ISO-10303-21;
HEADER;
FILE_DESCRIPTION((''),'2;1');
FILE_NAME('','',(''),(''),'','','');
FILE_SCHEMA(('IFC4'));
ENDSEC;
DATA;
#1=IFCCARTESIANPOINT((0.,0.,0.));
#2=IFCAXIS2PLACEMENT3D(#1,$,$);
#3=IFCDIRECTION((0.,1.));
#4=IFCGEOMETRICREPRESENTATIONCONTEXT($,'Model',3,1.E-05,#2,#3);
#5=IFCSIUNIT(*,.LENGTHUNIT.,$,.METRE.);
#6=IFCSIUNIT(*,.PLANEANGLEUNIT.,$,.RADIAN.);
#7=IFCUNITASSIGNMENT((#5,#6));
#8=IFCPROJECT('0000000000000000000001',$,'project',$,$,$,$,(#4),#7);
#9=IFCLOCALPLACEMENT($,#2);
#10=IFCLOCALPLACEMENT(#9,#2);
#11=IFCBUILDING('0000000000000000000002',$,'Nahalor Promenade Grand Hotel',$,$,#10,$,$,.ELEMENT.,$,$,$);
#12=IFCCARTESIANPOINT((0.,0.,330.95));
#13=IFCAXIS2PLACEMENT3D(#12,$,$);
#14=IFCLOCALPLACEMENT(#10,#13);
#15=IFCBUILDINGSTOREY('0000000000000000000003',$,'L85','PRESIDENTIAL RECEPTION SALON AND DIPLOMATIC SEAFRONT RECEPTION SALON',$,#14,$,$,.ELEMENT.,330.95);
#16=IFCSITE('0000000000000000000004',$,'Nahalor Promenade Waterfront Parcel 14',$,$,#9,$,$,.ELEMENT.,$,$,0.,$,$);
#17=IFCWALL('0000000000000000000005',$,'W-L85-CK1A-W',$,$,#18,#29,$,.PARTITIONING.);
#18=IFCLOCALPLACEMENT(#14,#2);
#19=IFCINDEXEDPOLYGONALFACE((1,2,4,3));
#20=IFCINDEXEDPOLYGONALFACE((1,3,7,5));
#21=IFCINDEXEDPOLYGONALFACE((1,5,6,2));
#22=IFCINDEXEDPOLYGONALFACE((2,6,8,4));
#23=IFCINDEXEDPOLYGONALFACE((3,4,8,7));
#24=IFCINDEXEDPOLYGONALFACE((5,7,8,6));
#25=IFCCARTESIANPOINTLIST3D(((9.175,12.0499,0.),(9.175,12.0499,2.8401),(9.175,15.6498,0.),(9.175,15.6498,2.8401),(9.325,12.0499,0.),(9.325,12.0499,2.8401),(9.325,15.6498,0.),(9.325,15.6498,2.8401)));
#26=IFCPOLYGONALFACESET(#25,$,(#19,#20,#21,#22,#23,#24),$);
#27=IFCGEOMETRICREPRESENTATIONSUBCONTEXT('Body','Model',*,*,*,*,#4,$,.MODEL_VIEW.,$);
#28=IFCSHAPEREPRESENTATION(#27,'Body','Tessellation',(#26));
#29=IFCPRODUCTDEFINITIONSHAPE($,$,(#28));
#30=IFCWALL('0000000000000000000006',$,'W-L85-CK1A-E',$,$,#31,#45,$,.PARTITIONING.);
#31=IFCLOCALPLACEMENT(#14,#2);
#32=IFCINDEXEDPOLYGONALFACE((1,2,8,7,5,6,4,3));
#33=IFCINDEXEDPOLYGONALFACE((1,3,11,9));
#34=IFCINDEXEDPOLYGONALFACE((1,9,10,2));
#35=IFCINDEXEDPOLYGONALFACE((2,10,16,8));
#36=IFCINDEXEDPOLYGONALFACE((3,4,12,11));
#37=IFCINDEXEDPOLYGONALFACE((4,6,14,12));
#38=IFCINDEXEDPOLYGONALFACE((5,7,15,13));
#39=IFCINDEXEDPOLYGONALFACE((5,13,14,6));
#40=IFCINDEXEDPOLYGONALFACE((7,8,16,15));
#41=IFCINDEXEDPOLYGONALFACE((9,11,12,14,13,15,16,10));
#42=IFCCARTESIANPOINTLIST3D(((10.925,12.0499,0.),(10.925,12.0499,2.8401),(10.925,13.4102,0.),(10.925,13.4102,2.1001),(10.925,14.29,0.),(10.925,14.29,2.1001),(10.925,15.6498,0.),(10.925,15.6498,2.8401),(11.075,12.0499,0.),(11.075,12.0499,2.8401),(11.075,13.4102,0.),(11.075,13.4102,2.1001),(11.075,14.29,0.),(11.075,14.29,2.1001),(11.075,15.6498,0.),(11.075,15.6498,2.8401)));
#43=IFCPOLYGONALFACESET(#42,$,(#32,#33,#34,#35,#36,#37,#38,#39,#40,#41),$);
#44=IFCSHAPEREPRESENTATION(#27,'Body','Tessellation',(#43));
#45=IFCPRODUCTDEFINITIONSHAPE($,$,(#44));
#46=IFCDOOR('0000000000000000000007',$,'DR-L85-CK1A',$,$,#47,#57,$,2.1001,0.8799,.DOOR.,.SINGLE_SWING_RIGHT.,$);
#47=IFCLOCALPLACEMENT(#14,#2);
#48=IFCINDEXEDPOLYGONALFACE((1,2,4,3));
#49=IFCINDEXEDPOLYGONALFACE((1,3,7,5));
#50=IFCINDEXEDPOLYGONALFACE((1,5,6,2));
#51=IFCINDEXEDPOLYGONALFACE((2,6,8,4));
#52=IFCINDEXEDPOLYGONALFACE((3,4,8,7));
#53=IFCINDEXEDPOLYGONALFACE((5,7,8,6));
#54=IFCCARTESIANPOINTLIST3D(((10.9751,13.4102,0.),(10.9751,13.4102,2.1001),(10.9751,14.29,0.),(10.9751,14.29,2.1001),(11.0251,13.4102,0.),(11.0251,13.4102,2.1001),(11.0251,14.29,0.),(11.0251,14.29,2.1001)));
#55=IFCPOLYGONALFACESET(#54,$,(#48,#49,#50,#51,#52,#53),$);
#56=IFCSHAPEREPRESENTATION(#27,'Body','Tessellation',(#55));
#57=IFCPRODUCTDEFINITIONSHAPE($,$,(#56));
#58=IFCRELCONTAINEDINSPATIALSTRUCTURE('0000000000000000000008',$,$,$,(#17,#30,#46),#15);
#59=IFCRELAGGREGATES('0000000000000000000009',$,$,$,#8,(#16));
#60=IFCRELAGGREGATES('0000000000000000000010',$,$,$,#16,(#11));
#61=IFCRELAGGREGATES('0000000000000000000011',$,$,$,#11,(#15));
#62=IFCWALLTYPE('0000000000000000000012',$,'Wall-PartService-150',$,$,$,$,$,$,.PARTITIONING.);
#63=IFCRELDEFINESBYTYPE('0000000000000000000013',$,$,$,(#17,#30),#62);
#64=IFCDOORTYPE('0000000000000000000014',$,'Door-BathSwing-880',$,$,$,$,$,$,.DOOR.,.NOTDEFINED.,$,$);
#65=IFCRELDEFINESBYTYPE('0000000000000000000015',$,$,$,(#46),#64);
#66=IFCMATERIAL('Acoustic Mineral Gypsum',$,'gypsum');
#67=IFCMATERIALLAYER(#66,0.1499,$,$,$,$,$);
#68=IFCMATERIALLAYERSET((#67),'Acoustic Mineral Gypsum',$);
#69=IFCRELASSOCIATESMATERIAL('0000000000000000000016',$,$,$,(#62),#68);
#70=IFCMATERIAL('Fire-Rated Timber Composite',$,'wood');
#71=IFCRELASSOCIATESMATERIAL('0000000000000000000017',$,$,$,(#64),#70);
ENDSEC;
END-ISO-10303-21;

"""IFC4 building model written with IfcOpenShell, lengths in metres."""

from ifc_helpers import new_model, si_unit, direction, frame, frame_2d, origin, place, context, subcontext, project, spatial, rectangle, extrude, source, transform, mapped, material, layer, layer_set, type_object, element, fill, save


model = new_model("IFC4")

# Units and contexts
model_context = context("Model", 3, precision=1e-05, world=origin(), true_north=direction((0.0, 1.0)))
body_context = subcontext(model_context, "Body", "Model", "MODEL_VIEW")
ifc_project = project(units=[si_unit("LENGTHUNIT", "METRE"), si_unit("PLANEANGLEUNIT", "RADIAN")], contexts=[model_context])

# Site, building, storey
site_placement = place(None, origin())
site = spatial("IfcSite", under=ifc_project, at=site_placement, Name="Nahalor Promenade Waterfront Parcel 14", CompositionType="ELEMENT", RefElevation=0.0)
building_placement = place(site_placement, origin())
building = spatial("IfcBuilding", under=site, at=building_placement, Name="Nahalor Promenade Grand Hotel", CompositionType="ELEMENT")
storey_placement = place(building_placement, frame((0.0, 0.0, 330.95)))
storey = spatial("IfcBuildingStorey", under=building, at=storey_placement, Name="L85", Description="PRESIDENTIAL RECEPTION SALON AND DIPLOMATIC SEAFRONT RECEPTION SALON", CompositionType="ELEMENT", Elevation=330.95)

# Wall
ifc_material_1 = material(Name="Acoustic Mineral Gypsum", Category="gypsum")
ifc_layer_1 = layer(ifc_material_1, 0.1499)
ifc_layer_set_1 = layer_set([ifc_layer_1], Name="Acoustic Mineral Gypsum")
wall_type_1 = type_object("IfcWallType", Name="Wall-PartService-150", PredefinedType="PARTITIONING", material=ifc_layer_set_1)
shared_shape_1 = source(origin(), body_context, "Body", "SweptSolid", [
    extrude(rectangle(XDim=3.5999, YDim=0.1499, at=frame_2d((1.7998, 0.0))), origin(), (0.0, 0.0, 1.0), 2.8401),
])
wall_1_placement = place(storey_placement, frame((9.25, 12.05, 0.0), z_axis=(0.0, 0.0, 1.0), x_axis=(0.0, 1.0, 0.0)))
element("IfcWall", 1, at=wall_1_placement, inside=storey, type_object=wall_type_1, Name="W-L85-CK1A-W", PredefinedType="PARTITIONING", context=body_context, shape_type="MappedRepresentation", body=[
    mapped(shared_shape_1, transform((0.0, 0.0, 0.0), scale=1.0)),
])

# Wall, opening, door
wall_2_placement = place(storey_placement, frame((11.0, 12.05, 0.0), z_axis=(0.0, 0.0, 1.0), x_axis=(0.0, 1.0, 0.0)))
wall_2 = element("IfcWall", 2, at=wall_2_placement, inside=storey, type_object=wall_type_1, Name="W-L85-CK1A-E", PredefinedType="PARTITIONING", context=body_context, shape_type="MappedRepresentation", body=[
    mapped(shared_shape_1, transform((0.0, 0.0, 0.0), scale=1.0)),
])
opening_1_placement = place(wall_2_placement, frame((1.3601, 0.0, 0.0)))
opening_1 = element("IfcOpeningElement", 3, at=opening_1_placement, cuts=wall_2, PredefinedType="OPENING", context=body_context, shape_type="SweptSolid", body=[
    extrude(rectangle(XDim=0.8799, YDim=2.1001, at=frame_2d((0.4399, 1.05))), frame((0.0, 0.085, 0.0), z_axis=(0.0, -1.0, 0.0), x_axis=(1.0, 0.0, 0.0)), (0.0, 0.0, 1.0), 0.1699),
])
ifc_material_2 = material(Name="Fire-Rated Timber Composite", Category="wood")
door_type_1 = type_object("IfcDoorType", Name="Door-BathSwing-880", OperationType="NOTDEFINED", PredefinedType="DOOR", material=ifc_material_2)
shared_shape_2 = source(origin(), body_context, "Body", "SweptSolid", [
    extrude(rectangle(XDim=0.8799, YDim=2.1001, at=frame_2d((0.4399, 1.05))), frame((0.0, 0.0249, 0.0), z_axis=(0.0, -1.0, 0.0), x_axis=(1.0, 0.0, 0.0)), (0.0, 0.0, 1.0), 0.05),
])
door_1_placement = place(opening_1_placement, origin())
door_1 = element("IfcDoor", 4, at=door_1_placement, inside=storey, type_object=door_type_1, Name="DR-L85-CK1A", OperationType="SINGLE_SWING_RIGHT", OverallHeight=2.1001, OverallWidth=0.8799, PredefinedType="DOOR", context=body_context, shape_type="MappedRepresentation", body=[
    mapped(shared_shape_2, transform((0.0, 0.0, 0.0), scale=1.0)),
])
fill(opening_1, door_1)

save(model, "model.ifc")
